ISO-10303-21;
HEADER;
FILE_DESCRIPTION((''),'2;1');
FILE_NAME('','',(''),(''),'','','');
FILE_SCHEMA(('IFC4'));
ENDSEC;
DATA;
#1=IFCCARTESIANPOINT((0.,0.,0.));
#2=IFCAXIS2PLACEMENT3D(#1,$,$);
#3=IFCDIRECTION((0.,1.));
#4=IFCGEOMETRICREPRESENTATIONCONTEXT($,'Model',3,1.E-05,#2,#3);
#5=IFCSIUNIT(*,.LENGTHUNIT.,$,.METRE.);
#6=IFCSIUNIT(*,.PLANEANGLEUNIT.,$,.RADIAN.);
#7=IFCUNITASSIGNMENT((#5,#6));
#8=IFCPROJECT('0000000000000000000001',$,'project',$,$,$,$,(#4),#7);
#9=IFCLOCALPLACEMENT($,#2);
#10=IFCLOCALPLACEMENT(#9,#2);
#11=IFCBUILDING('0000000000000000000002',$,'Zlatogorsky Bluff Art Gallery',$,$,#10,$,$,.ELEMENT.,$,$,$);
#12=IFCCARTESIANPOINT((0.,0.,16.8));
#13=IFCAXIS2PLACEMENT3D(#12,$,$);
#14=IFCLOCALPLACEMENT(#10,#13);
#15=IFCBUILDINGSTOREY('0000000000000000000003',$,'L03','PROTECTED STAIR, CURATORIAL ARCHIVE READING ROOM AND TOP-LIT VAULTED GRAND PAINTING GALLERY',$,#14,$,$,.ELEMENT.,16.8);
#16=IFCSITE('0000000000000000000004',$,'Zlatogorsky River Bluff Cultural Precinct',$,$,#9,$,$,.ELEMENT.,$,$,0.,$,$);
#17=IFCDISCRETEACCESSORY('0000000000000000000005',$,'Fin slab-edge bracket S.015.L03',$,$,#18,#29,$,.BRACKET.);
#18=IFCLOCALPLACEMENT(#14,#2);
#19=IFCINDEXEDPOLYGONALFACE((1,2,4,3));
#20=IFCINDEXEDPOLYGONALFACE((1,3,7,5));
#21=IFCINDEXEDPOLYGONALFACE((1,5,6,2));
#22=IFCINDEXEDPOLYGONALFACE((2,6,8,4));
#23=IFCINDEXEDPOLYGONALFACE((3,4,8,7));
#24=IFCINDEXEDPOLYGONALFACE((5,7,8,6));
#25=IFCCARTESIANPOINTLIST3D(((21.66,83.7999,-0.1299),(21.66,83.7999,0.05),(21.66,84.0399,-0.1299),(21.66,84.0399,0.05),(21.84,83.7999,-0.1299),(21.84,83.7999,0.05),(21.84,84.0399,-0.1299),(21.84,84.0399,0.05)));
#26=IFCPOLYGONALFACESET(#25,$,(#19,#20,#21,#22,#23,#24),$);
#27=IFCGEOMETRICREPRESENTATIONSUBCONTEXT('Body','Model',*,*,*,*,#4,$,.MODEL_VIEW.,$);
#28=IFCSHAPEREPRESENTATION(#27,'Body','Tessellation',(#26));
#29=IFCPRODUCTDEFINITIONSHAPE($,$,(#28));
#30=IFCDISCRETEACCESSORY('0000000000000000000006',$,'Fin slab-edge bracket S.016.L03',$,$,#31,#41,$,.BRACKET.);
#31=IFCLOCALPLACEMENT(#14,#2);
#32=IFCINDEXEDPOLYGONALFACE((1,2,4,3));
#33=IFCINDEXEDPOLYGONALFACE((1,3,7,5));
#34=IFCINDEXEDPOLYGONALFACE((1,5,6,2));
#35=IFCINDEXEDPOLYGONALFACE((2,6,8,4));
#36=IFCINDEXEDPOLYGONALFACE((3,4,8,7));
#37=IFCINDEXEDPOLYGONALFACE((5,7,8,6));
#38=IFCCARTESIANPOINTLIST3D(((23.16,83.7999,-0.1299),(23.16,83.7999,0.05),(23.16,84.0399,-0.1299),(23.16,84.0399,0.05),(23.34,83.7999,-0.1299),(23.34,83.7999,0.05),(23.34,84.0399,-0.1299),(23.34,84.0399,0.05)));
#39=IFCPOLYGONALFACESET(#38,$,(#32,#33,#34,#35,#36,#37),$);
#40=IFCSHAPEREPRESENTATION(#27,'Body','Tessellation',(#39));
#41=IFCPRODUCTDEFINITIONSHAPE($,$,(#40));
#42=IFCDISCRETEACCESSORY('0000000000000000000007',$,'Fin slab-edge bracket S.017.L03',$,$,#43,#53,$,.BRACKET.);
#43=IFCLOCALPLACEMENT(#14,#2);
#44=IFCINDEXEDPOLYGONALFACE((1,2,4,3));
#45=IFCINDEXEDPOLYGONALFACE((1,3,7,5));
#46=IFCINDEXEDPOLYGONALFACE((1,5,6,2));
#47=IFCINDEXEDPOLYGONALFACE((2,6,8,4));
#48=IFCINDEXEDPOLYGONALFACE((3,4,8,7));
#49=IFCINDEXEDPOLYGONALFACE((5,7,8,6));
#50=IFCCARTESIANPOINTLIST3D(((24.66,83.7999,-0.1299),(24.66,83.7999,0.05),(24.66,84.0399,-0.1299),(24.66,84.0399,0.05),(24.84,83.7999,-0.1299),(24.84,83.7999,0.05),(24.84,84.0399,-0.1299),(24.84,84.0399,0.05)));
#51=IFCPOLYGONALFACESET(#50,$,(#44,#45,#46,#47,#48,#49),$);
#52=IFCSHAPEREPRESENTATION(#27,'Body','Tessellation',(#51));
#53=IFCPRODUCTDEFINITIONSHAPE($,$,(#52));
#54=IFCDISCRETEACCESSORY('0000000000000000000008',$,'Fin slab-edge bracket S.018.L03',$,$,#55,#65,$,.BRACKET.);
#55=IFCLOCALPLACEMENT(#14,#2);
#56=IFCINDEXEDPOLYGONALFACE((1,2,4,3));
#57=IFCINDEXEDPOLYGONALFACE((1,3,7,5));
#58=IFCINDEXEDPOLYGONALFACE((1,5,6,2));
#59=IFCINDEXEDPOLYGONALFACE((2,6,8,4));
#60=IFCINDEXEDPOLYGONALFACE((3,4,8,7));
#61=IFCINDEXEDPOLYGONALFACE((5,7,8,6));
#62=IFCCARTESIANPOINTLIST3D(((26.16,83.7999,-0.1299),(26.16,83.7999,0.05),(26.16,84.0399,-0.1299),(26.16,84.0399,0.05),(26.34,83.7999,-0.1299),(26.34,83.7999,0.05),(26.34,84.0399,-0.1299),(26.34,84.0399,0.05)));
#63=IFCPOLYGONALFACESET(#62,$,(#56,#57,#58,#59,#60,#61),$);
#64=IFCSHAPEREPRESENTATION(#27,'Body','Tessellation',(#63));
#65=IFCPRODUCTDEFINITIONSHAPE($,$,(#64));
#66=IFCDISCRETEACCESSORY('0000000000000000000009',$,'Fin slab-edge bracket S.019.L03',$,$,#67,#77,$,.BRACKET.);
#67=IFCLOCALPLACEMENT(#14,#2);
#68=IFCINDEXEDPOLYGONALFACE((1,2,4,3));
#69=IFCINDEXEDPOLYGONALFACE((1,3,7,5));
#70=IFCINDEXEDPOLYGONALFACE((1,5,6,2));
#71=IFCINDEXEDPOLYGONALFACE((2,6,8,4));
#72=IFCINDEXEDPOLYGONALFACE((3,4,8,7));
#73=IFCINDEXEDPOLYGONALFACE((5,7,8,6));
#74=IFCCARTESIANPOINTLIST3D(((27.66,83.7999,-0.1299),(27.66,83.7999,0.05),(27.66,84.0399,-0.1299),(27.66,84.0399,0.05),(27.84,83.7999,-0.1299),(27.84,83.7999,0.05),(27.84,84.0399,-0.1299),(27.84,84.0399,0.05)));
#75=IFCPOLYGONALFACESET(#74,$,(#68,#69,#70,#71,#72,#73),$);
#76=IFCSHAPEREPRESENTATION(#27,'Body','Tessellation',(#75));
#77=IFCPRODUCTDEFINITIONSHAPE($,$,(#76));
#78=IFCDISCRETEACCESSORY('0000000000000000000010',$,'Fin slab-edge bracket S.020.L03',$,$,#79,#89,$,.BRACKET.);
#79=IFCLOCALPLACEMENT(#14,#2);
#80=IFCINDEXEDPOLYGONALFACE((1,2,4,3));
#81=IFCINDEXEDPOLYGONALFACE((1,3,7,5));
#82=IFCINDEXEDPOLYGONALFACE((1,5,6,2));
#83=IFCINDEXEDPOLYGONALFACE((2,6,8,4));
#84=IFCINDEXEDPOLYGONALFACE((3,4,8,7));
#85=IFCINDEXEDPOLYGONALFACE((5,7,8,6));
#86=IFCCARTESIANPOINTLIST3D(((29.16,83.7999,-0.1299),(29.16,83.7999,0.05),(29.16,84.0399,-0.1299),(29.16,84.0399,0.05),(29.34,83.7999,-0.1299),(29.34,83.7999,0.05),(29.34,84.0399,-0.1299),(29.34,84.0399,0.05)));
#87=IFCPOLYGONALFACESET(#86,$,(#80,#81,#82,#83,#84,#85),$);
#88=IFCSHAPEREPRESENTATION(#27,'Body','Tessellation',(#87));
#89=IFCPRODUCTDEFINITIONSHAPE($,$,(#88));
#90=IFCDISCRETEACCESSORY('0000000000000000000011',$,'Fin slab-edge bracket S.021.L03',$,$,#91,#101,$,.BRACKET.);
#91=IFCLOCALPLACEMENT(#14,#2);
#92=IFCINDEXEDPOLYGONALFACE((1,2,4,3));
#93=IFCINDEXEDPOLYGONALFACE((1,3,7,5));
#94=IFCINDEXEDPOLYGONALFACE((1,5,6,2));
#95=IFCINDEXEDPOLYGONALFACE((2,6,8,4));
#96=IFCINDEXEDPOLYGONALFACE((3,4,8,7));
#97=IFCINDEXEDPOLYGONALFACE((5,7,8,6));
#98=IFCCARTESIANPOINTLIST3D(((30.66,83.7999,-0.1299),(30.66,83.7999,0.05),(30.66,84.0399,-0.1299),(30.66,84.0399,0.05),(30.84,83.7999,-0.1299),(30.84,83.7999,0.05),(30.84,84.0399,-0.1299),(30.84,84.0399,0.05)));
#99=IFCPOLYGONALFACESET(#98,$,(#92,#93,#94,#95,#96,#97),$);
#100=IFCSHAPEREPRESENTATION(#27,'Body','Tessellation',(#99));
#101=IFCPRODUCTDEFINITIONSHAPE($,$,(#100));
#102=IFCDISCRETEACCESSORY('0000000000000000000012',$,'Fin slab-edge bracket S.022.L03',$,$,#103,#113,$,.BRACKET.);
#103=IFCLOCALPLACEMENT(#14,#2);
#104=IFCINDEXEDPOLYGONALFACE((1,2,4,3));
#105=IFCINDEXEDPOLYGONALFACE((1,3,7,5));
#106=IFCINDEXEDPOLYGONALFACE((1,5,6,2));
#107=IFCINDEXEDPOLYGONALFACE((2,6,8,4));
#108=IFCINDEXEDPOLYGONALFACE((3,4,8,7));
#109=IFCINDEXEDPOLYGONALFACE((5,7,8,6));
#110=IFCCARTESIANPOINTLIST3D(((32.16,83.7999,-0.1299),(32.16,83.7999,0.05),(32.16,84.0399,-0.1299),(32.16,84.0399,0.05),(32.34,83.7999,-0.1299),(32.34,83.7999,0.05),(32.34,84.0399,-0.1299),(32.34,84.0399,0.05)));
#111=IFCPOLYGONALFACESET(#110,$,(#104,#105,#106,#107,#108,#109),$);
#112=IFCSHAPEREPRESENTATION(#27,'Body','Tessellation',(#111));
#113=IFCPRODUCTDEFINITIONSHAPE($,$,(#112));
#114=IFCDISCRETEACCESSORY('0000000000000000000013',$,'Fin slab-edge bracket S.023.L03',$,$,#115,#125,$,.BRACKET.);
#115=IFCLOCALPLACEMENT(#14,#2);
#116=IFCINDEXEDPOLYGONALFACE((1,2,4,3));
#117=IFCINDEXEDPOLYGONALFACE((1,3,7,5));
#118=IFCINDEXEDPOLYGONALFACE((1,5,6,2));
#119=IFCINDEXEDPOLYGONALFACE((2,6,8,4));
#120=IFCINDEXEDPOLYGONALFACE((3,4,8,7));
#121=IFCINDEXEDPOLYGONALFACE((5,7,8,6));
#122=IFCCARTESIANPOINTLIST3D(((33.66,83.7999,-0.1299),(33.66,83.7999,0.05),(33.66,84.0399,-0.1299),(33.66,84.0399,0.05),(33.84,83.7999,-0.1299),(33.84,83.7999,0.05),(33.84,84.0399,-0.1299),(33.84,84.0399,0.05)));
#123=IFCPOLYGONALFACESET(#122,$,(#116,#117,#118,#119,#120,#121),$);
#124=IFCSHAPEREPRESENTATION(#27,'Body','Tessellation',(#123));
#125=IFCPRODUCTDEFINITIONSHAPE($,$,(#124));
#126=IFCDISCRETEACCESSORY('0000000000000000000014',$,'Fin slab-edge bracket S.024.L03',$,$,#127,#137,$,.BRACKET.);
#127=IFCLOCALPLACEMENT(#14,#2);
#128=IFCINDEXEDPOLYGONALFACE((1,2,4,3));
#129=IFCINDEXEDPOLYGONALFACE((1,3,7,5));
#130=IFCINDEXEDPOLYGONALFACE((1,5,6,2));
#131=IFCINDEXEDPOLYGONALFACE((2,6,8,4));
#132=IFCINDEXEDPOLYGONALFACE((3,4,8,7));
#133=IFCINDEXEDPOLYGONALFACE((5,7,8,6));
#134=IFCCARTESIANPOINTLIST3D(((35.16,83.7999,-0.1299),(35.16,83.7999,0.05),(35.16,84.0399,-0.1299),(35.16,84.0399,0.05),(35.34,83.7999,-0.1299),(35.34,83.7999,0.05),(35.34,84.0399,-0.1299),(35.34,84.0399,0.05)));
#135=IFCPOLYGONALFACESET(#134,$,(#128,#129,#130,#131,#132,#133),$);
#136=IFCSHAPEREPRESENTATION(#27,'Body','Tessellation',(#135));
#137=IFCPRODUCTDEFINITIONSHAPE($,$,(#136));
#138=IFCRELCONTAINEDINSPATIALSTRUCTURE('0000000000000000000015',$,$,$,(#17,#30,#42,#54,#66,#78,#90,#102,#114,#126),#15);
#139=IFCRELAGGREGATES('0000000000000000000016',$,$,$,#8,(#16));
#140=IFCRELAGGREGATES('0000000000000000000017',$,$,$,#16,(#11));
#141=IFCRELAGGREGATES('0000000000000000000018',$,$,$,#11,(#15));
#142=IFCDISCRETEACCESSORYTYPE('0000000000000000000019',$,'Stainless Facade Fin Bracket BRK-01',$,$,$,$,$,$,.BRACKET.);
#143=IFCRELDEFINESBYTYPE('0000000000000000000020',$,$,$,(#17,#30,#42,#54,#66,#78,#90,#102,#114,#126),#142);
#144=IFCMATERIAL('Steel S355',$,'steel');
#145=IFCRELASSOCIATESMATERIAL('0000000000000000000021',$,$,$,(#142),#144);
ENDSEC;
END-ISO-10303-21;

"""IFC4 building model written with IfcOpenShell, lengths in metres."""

from ifc_helpers import new_model, si_unit, direction, frame, origin, origin_2d, place, context, subcontext, project, spatial, rectangle, extrude, material, type_object, element, save


model = new_model("IFC4")

# Units and contexts
model_context = context("Model", 3, precision=1e-05, world=origin(), true_north=direction((0.0, 1.0)))
body_context = subcontext(model_context, "Body", "Model", "MODEL_VIEW")
ifc_project = project(units=[si_unit("LENGTHUNIT", "METRE"), si_unit("PLANEANGLEUNIT", "RADIAN")], contexts=[model_context])

# Site, building, storey
site_placement = place(None, origin())
site = spatial("IfcSite", under=ifc_project, at=site_placement, Name="Zlatogorsky River Bluff Cultural Precinct", CompositionType="ELEMENT", RefElevation=0.0)
building_placement = place(site_placement, origin())
building = spatial("IfcBuilding", under=site, at=building_placement, Name="Zlatogorsky Bluff Art Gallery", CompositionType="ELEMENT")
storey_placement = place(building_placement, frame((0.0, 0.0, 16.8)))
storey = spatial("IfcBuildingStorey", under=building, at=storey_placement, Name="L03", Description="PROTECTED STAIR, CURATORIAL ARCHIVE READING ROOM AND TOP-LIT VAULTED GRAND PAINTING GALLERY", CompositionType="ELEMENT", Elevation=16.8)

# Shared definitions
ifc_material_1 = material(Name="Steel S355", Category="steel")

# Discrete accessories
discrete_accessory_type = type_object("IfcDiscreteAccessoryType", Name="Stainless Facade Fin Bracket BRK-01", PredefinedType="BRACKET", material=ifc_material_1)
for number, where, z_axis, x_axis, name in (
    (1, (21.75, 83.9199, -0.1299), (0.0, 0.0, 1.0), (1.0, 0.0, 0.0), "Fin slab-edge bracket S.015.L03"),
    (2, (23.25, 83.9199, -0.1299), (0.0, 0.0, 1.0), (1.0, 0.0, 0.0), "Fin slab-edge bracket S.016.L03"),
    (3, (24.75, 83.9199, -0.1299), (0.0, 0.0, 1.0), (1.0, 0.0, 0.0), "Fin slab-edge bracket S.017.L03"),
    (4, (26.25, 83.9199, -0.1299), (0.0, 0.0, 1.0), (1.0, 0.0, 0.0), "Fin slab-edge bracket S.018.L03"),
    (5, (27.75, 83.9199, -0.1299), (0.0, 0.0, 1.0), (1.0, 0.0, 0.0), "Fin slab-edge bracket S.019.L03"),
    (6, (29.25, 83.9199, -0.1299), (0.0, 0.0, 1.0), (1.0, 0.0, 0.0), "Fin slab-edge bracket S.020.L03"),
    (7, (30.75, 83.9199, -0.1299), (0.0, 0.0, 1.0), (1.0, 0.0, 0.0), "Fin slab-edge bracket S.021.L03"),
    (8, (32.25, 83.9199, -0.1299), (0.0, 0.0, 1.0), (1.0, 0.0, 0.0), "Fin slab-edge bracket S.022.L03"),
    (9, (33.75, 83.9199, -0.1299), (0.0, 0.0, 1.0), (1.0, 0.0, 0.0), "Fin slab-edge bracket S.023.L03"),
    (10, (35.25, 83.9199, -0.1299), (0.0, 0.0, 1.0), (1.0, 0.0, 0.0), "Fin slab-edge bracket S.024.L03"),
):
    element("IfcDiscreteAccessory", number, at=place(storey_placement, frame(where, z_axis=z_axis, x_axis=x_axis)), inside=storey, type_object=discrete_accessory_type, Name=name, PredefinedType="BRACKET", context=body_context, shape_type="SweptSolid", body=[
        extrude(rectangle(XDim=0.1799, YDim=0.24, at=origin_2d()), origin(), (0.0, 0.0, 1.0), 0.1799),
    ])

save(model, "model.ifc")
